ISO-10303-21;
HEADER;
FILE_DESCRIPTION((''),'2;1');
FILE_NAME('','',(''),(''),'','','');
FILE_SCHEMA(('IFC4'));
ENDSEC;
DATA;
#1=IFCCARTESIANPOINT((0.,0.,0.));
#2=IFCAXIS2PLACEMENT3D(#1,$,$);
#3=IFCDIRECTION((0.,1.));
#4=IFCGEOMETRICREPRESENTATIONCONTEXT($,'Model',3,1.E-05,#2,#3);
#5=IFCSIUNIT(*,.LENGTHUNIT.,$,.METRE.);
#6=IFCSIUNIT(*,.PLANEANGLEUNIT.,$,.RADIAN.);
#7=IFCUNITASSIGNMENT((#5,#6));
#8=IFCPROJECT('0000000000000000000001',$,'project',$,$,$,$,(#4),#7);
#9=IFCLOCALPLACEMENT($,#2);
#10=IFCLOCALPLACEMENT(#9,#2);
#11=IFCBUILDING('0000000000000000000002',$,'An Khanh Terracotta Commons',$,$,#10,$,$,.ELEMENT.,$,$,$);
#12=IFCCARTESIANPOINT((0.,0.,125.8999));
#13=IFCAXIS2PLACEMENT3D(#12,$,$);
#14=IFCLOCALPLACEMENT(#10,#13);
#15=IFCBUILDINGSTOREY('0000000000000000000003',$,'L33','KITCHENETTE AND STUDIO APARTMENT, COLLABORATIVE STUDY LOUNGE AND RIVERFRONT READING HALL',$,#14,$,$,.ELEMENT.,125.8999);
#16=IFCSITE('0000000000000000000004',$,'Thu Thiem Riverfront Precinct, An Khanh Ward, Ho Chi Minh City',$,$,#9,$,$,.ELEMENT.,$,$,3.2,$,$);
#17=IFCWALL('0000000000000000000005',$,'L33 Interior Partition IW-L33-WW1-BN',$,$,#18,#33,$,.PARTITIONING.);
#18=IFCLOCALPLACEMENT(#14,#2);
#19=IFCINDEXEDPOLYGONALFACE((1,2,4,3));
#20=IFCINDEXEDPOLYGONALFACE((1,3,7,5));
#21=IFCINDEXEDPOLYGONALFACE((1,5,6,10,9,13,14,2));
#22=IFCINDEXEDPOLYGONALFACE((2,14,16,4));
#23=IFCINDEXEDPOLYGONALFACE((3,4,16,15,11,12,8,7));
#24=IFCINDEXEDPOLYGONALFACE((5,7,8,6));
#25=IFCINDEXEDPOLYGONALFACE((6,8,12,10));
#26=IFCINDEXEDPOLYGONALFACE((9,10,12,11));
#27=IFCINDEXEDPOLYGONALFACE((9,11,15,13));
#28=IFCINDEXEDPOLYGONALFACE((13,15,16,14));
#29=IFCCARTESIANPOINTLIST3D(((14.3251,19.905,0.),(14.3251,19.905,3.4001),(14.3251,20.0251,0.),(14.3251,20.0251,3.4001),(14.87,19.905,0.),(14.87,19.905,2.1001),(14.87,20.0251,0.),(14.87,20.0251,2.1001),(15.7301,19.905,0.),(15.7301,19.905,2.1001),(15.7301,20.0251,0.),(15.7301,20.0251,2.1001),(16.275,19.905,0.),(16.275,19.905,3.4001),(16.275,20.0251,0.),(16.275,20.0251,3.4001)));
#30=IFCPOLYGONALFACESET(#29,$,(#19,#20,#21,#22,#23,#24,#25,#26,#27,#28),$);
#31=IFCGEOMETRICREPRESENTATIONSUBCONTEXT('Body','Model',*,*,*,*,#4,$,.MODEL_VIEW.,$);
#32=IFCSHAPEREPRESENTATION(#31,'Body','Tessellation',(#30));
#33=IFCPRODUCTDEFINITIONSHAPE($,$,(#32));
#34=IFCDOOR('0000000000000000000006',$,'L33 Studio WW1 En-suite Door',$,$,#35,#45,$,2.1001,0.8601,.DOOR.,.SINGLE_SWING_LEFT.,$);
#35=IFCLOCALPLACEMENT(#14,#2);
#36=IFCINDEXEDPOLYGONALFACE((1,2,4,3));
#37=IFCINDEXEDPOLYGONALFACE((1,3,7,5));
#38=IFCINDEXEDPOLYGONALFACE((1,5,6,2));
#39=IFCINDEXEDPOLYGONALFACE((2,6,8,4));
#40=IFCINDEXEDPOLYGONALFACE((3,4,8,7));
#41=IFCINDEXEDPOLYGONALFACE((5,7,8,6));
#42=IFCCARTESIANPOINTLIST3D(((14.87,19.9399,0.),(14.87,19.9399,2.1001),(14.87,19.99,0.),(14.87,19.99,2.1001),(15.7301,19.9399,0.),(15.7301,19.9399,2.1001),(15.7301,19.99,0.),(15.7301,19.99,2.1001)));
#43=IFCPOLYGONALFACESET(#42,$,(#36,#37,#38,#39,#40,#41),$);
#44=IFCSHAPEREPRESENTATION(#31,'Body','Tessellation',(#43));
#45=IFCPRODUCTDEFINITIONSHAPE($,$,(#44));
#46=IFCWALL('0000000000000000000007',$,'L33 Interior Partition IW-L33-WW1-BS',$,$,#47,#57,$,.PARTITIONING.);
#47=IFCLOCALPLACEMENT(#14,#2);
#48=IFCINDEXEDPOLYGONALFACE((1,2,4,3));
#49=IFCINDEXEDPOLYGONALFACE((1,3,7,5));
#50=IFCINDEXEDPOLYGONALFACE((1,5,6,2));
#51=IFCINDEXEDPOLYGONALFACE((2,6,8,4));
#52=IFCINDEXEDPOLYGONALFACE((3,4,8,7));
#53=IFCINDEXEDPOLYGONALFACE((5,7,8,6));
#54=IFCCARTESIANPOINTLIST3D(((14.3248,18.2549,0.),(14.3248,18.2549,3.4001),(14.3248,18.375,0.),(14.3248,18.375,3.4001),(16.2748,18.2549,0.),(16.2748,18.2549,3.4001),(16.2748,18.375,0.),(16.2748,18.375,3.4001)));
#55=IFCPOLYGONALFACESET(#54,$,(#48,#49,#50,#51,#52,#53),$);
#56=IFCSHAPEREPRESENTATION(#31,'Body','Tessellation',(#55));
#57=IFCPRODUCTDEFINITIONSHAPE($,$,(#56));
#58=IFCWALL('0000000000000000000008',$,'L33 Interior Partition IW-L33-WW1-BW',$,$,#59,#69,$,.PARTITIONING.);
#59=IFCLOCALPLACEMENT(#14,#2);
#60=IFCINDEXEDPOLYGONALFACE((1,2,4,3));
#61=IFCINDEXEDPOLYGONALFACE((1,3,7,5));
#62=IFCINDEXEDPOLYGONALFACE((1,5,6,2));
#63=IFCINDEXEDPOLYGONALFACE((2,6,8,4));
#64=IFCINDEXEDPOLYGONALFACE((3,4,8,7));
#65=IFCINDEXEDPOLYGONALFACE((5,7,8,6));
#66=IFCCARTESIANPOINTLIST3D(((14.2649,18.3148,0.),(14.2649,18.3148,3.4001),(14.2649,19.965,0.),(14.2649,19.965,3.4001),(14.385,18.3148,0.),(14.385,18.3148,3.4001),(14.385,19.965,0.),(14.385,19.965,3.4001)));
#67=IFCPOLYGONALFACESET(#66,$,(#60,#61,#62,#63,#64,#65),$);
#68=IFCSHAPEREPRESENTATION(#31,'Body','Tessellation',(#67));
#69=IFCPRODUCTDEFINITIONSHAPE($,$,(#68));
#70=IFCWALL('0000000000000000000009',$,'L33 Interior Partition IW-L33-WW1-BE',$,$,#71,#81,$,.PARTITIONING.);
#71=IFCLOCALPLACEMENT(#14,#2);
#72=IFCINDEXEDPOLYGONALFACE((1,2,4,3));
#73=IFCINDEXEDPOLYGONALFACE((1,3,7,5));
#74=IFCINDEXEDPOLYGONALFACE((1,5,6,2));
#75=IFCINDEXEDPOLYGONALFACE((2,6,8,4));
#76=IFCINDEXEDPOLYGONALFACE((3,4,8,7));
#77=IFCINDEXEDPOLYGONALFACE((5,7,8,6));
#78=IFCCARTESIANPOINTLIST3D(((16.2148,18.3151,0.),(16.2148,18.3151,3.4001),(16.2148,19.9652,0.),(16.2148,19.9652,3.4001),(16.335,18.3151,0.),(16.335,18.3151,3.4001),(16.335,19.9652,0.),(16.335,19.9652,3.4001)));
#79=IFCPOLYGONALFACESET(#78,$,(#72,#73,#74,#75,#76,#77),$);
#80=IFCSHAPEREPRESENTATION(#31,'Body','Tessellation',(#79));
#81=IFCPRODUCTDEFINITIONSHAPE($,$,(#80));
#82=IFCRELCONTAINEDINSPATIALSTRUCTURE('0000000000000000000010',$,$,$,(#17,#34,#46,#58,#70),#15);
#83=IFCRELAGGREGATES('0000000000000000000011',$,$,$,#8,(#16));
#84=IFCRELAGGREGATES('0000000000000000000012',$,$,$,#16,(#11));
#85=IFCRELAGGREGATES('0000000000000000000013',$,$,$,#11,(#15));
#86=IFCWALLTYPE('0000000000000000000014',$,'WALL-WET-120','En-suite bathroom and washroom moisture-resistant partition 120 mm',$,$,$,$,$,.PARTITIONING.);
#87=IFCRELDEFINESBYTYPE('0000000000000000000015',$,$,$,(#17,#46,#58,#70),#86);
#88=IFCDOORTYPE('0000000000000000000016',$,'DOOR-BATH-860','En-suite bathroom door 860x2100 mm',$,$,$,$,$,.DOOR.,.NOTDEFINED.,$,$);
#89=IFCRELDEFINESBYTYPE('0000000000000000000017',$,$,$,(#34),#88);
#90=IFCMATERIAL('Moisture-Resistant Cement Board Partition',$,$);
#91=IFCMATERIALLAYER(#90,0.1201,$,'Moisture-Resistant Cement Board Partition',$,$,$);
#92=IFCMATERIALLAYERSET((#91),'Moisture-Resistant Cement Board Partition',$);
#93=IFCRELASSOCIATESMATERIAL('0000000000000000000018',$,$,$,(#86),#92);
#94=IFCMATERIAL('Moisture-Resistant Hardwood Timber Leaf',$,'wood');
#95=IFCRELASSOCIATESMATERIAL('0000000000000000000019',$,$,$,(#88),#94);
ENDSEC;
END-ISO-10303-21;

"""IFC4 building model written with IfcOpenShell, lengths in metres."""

from ifc_helpers import new_model, si_unit, direction, frame, frame_2d, origin, place, context, subcontext, project, spatial, rectangle, extrude, material, layer, layer_set, type_object, element, fill, save


model = new_model("IFC4")

# Units and contexts
model_context = context("Model", 3, precision=1e-05, world=origin(), true_north=direction((0.0, 1.0)))
body_context = subcontext(model_context, "Body", "Model", "MODEL_VIEW")
ifc_project = project(units=[si_unit("LENGTHUNIT", "METRE"), si_unit("PLANEANGLEUNIT", "RADIAN")], contexts=[model_context])

# Site, building, storey
site_placement = place(None, origin())
site = spatial("IfcSite", under=ifc_project, at=site_placement, Name="Thu Thiem Riverfront Precinct, An Khanh Ward, Ho Chi Minh City", CompositionType="ELEMENT", RefElevation=3.2)
building_placement = place(site_placement, origin())
building = spatial("IfcBuilding", under=site, at=building_placement, Name="An Khanh Terracotta Commons", CompositionType="ELEMENT")
storey_placement = place(building_placement, frame((0.0, 0.0, 125.8999)))
storey = spatial("IfcBuildingStorey", under=building, at=storey_placement, Name="L33", Description="KITCHENETTE AND STUDIO APARTMENT, COLLABORATIVE STUDY LOUNGE AND RIVERFRONT READING HALL", CompositionType="ELEMENT", Elevation=125.8999)

# Wall, opening, door
ifc_material_1 = material(Name="Moisture-Resistant Cement Board Partition")
ifc_layer_1 = layer(ifc_material_1, 0.1201, Name="Moisture-Resistant Cement Board Partition")
ifc_layer_set_1 = layer_set([ifc_layer_1], Name="Moisture-Resistant Cement Board Partition")
wall_type_1 = type_object("IfcWallType", Name="WALL-WET-120", Description="En-suite bathroom and washroom moisture-resistant partition 120 mm", PredefinedType="PARTITIONING", material=ifc_layer_set_1)
wall_1_placement = place(storey_placement, frame((14.325, 19.9651, 0.0), z_axis=(0.0, 0.0, 1.0), x_axis=(1.0, 0.0, 0.0)))
wall_1 = element("IfcWall", 1, at=wall_1_placement, inside=storey, type_object=wall_type_1, Name="L33 Interior Partition IW-L33-WW1-BN", PredefinedType="PARTITIONING", context=body_context, shape_type="SweptSolid", body=[
    extrude(rectangle(XDim=1.95, YDim=0.1201, at=frame_2d((0.9751, 0.0))), origin(), (0.0, 0.0, 1.0), 3.4001),
])
opening_1_placement = place(wall_1_placement, frame((0.5449, 0.0, 0.0)))
opening_1 = element("IfcOpeningElement", 2, at=opening_1_placement, cuts=wall_1, PredefinedType="OPENING", context=body_context, shape_type="SweptSolid", body=[
    extrude(rectangle(XDim=0.8601, YDim=2.1001, at=frame_2d((0.4302, 1.05))), frame((0.0, 0.0701, 0.0), z_axis=(0.0, -1.0, 0.0), x_axis=(1.0, 0.0, 0.0)), (0.0, 0.0, 1.0), 0.1401),
])
ifc_material_2 = material(Name="Moisture-Resistant Hardwood Timber Leaf", Category="wood")
door_type_1 = type_object("IfcDoorType", Name="DOOR-BATH-860", Description="En-suite bathroom door 860x2100 mm", OperationType="NOTDEFINED", PredefinedType="DOOR", material=ifc_material_2)
door_1_placement = place(opening_1_placement, origin())
door_1 = element("IfcDoor", 3, at=door_1_placement, inside=storey, type_object=door_type_1, Name="L33 Studio WW1 En-suite Door", OperationType="SINGLE_SWING_LEFT", OverallHeight=2.1001, OverallWidth=0.8601, PredefinedType="DOOR", context=body_context, shape_type="SweptSolid", body=[
    extrude(rectangle(XDim=0.8601, YDim=2.1001, at=frame_2d((0.4302, 1.05))), frame((0.0, 0.0249, 0.0), z_axis=(0.0, -1.0, 0.0), x_axis=(1.0, 0.0, 0.0)), (0.0, 0.0, 1.0), 0.05),
])
fill(opening_1, door_1)

# Walls
wall_2_placement = place(storey_placement, frame((16.2749, 18.3149, 0.0), z_axis=(0.0, 0.0, 1.0), x_axis=(-1.0, 0.0, 0.0)))
element("IfcWall", 4, at=wall_2_placement, inside=storey, type_object=wall_type_1, Name="L33 Interior Partition IW-L33-WW1-BS", PredefinedType="PARTITIONING", context=body_context, shape_type="SweptSolid", body=[
    extrude(rectangle(XDim=1.95, YDim=0.1201, at=frame_2d((0.9751, 0.0))), origin(), (0.0, 0.0, 1.0), 3.4001),
])
for number, where, z_axis, x_axis, name in (
    (5, (14.325, 19.9651, 0.0), (0.0, 0.0, 1.0), (0.0, -1.0, 0.0), "L33 Interior Partition IW-L33-WW1-BW"),
    (6, (16.2749, 18.3149, 0.0), (0.0, 0.0, 1.0), (0.0, 1.0, 0.0), "L33 Interior Partition IW-L33-WW1-BE"),
):
    element("IfcWall", number, at=place(storey_placement, frame(where, z_axis=z_axis, x_axis=x_axis)), inside=storey, type_object=wall_type_1, Name=name, PredefinedType="PARTITIONING", context=body_context, shape_type="SweptSolid", body=[
        extrude(rectangle(XDim=1.6501, YDim=0.1201, at=frame_2d((0.8252, 0.0))), origin(), (0.0, 0.0, 1.0), 3.4001),
    ])

save(model, "model.ifc")
